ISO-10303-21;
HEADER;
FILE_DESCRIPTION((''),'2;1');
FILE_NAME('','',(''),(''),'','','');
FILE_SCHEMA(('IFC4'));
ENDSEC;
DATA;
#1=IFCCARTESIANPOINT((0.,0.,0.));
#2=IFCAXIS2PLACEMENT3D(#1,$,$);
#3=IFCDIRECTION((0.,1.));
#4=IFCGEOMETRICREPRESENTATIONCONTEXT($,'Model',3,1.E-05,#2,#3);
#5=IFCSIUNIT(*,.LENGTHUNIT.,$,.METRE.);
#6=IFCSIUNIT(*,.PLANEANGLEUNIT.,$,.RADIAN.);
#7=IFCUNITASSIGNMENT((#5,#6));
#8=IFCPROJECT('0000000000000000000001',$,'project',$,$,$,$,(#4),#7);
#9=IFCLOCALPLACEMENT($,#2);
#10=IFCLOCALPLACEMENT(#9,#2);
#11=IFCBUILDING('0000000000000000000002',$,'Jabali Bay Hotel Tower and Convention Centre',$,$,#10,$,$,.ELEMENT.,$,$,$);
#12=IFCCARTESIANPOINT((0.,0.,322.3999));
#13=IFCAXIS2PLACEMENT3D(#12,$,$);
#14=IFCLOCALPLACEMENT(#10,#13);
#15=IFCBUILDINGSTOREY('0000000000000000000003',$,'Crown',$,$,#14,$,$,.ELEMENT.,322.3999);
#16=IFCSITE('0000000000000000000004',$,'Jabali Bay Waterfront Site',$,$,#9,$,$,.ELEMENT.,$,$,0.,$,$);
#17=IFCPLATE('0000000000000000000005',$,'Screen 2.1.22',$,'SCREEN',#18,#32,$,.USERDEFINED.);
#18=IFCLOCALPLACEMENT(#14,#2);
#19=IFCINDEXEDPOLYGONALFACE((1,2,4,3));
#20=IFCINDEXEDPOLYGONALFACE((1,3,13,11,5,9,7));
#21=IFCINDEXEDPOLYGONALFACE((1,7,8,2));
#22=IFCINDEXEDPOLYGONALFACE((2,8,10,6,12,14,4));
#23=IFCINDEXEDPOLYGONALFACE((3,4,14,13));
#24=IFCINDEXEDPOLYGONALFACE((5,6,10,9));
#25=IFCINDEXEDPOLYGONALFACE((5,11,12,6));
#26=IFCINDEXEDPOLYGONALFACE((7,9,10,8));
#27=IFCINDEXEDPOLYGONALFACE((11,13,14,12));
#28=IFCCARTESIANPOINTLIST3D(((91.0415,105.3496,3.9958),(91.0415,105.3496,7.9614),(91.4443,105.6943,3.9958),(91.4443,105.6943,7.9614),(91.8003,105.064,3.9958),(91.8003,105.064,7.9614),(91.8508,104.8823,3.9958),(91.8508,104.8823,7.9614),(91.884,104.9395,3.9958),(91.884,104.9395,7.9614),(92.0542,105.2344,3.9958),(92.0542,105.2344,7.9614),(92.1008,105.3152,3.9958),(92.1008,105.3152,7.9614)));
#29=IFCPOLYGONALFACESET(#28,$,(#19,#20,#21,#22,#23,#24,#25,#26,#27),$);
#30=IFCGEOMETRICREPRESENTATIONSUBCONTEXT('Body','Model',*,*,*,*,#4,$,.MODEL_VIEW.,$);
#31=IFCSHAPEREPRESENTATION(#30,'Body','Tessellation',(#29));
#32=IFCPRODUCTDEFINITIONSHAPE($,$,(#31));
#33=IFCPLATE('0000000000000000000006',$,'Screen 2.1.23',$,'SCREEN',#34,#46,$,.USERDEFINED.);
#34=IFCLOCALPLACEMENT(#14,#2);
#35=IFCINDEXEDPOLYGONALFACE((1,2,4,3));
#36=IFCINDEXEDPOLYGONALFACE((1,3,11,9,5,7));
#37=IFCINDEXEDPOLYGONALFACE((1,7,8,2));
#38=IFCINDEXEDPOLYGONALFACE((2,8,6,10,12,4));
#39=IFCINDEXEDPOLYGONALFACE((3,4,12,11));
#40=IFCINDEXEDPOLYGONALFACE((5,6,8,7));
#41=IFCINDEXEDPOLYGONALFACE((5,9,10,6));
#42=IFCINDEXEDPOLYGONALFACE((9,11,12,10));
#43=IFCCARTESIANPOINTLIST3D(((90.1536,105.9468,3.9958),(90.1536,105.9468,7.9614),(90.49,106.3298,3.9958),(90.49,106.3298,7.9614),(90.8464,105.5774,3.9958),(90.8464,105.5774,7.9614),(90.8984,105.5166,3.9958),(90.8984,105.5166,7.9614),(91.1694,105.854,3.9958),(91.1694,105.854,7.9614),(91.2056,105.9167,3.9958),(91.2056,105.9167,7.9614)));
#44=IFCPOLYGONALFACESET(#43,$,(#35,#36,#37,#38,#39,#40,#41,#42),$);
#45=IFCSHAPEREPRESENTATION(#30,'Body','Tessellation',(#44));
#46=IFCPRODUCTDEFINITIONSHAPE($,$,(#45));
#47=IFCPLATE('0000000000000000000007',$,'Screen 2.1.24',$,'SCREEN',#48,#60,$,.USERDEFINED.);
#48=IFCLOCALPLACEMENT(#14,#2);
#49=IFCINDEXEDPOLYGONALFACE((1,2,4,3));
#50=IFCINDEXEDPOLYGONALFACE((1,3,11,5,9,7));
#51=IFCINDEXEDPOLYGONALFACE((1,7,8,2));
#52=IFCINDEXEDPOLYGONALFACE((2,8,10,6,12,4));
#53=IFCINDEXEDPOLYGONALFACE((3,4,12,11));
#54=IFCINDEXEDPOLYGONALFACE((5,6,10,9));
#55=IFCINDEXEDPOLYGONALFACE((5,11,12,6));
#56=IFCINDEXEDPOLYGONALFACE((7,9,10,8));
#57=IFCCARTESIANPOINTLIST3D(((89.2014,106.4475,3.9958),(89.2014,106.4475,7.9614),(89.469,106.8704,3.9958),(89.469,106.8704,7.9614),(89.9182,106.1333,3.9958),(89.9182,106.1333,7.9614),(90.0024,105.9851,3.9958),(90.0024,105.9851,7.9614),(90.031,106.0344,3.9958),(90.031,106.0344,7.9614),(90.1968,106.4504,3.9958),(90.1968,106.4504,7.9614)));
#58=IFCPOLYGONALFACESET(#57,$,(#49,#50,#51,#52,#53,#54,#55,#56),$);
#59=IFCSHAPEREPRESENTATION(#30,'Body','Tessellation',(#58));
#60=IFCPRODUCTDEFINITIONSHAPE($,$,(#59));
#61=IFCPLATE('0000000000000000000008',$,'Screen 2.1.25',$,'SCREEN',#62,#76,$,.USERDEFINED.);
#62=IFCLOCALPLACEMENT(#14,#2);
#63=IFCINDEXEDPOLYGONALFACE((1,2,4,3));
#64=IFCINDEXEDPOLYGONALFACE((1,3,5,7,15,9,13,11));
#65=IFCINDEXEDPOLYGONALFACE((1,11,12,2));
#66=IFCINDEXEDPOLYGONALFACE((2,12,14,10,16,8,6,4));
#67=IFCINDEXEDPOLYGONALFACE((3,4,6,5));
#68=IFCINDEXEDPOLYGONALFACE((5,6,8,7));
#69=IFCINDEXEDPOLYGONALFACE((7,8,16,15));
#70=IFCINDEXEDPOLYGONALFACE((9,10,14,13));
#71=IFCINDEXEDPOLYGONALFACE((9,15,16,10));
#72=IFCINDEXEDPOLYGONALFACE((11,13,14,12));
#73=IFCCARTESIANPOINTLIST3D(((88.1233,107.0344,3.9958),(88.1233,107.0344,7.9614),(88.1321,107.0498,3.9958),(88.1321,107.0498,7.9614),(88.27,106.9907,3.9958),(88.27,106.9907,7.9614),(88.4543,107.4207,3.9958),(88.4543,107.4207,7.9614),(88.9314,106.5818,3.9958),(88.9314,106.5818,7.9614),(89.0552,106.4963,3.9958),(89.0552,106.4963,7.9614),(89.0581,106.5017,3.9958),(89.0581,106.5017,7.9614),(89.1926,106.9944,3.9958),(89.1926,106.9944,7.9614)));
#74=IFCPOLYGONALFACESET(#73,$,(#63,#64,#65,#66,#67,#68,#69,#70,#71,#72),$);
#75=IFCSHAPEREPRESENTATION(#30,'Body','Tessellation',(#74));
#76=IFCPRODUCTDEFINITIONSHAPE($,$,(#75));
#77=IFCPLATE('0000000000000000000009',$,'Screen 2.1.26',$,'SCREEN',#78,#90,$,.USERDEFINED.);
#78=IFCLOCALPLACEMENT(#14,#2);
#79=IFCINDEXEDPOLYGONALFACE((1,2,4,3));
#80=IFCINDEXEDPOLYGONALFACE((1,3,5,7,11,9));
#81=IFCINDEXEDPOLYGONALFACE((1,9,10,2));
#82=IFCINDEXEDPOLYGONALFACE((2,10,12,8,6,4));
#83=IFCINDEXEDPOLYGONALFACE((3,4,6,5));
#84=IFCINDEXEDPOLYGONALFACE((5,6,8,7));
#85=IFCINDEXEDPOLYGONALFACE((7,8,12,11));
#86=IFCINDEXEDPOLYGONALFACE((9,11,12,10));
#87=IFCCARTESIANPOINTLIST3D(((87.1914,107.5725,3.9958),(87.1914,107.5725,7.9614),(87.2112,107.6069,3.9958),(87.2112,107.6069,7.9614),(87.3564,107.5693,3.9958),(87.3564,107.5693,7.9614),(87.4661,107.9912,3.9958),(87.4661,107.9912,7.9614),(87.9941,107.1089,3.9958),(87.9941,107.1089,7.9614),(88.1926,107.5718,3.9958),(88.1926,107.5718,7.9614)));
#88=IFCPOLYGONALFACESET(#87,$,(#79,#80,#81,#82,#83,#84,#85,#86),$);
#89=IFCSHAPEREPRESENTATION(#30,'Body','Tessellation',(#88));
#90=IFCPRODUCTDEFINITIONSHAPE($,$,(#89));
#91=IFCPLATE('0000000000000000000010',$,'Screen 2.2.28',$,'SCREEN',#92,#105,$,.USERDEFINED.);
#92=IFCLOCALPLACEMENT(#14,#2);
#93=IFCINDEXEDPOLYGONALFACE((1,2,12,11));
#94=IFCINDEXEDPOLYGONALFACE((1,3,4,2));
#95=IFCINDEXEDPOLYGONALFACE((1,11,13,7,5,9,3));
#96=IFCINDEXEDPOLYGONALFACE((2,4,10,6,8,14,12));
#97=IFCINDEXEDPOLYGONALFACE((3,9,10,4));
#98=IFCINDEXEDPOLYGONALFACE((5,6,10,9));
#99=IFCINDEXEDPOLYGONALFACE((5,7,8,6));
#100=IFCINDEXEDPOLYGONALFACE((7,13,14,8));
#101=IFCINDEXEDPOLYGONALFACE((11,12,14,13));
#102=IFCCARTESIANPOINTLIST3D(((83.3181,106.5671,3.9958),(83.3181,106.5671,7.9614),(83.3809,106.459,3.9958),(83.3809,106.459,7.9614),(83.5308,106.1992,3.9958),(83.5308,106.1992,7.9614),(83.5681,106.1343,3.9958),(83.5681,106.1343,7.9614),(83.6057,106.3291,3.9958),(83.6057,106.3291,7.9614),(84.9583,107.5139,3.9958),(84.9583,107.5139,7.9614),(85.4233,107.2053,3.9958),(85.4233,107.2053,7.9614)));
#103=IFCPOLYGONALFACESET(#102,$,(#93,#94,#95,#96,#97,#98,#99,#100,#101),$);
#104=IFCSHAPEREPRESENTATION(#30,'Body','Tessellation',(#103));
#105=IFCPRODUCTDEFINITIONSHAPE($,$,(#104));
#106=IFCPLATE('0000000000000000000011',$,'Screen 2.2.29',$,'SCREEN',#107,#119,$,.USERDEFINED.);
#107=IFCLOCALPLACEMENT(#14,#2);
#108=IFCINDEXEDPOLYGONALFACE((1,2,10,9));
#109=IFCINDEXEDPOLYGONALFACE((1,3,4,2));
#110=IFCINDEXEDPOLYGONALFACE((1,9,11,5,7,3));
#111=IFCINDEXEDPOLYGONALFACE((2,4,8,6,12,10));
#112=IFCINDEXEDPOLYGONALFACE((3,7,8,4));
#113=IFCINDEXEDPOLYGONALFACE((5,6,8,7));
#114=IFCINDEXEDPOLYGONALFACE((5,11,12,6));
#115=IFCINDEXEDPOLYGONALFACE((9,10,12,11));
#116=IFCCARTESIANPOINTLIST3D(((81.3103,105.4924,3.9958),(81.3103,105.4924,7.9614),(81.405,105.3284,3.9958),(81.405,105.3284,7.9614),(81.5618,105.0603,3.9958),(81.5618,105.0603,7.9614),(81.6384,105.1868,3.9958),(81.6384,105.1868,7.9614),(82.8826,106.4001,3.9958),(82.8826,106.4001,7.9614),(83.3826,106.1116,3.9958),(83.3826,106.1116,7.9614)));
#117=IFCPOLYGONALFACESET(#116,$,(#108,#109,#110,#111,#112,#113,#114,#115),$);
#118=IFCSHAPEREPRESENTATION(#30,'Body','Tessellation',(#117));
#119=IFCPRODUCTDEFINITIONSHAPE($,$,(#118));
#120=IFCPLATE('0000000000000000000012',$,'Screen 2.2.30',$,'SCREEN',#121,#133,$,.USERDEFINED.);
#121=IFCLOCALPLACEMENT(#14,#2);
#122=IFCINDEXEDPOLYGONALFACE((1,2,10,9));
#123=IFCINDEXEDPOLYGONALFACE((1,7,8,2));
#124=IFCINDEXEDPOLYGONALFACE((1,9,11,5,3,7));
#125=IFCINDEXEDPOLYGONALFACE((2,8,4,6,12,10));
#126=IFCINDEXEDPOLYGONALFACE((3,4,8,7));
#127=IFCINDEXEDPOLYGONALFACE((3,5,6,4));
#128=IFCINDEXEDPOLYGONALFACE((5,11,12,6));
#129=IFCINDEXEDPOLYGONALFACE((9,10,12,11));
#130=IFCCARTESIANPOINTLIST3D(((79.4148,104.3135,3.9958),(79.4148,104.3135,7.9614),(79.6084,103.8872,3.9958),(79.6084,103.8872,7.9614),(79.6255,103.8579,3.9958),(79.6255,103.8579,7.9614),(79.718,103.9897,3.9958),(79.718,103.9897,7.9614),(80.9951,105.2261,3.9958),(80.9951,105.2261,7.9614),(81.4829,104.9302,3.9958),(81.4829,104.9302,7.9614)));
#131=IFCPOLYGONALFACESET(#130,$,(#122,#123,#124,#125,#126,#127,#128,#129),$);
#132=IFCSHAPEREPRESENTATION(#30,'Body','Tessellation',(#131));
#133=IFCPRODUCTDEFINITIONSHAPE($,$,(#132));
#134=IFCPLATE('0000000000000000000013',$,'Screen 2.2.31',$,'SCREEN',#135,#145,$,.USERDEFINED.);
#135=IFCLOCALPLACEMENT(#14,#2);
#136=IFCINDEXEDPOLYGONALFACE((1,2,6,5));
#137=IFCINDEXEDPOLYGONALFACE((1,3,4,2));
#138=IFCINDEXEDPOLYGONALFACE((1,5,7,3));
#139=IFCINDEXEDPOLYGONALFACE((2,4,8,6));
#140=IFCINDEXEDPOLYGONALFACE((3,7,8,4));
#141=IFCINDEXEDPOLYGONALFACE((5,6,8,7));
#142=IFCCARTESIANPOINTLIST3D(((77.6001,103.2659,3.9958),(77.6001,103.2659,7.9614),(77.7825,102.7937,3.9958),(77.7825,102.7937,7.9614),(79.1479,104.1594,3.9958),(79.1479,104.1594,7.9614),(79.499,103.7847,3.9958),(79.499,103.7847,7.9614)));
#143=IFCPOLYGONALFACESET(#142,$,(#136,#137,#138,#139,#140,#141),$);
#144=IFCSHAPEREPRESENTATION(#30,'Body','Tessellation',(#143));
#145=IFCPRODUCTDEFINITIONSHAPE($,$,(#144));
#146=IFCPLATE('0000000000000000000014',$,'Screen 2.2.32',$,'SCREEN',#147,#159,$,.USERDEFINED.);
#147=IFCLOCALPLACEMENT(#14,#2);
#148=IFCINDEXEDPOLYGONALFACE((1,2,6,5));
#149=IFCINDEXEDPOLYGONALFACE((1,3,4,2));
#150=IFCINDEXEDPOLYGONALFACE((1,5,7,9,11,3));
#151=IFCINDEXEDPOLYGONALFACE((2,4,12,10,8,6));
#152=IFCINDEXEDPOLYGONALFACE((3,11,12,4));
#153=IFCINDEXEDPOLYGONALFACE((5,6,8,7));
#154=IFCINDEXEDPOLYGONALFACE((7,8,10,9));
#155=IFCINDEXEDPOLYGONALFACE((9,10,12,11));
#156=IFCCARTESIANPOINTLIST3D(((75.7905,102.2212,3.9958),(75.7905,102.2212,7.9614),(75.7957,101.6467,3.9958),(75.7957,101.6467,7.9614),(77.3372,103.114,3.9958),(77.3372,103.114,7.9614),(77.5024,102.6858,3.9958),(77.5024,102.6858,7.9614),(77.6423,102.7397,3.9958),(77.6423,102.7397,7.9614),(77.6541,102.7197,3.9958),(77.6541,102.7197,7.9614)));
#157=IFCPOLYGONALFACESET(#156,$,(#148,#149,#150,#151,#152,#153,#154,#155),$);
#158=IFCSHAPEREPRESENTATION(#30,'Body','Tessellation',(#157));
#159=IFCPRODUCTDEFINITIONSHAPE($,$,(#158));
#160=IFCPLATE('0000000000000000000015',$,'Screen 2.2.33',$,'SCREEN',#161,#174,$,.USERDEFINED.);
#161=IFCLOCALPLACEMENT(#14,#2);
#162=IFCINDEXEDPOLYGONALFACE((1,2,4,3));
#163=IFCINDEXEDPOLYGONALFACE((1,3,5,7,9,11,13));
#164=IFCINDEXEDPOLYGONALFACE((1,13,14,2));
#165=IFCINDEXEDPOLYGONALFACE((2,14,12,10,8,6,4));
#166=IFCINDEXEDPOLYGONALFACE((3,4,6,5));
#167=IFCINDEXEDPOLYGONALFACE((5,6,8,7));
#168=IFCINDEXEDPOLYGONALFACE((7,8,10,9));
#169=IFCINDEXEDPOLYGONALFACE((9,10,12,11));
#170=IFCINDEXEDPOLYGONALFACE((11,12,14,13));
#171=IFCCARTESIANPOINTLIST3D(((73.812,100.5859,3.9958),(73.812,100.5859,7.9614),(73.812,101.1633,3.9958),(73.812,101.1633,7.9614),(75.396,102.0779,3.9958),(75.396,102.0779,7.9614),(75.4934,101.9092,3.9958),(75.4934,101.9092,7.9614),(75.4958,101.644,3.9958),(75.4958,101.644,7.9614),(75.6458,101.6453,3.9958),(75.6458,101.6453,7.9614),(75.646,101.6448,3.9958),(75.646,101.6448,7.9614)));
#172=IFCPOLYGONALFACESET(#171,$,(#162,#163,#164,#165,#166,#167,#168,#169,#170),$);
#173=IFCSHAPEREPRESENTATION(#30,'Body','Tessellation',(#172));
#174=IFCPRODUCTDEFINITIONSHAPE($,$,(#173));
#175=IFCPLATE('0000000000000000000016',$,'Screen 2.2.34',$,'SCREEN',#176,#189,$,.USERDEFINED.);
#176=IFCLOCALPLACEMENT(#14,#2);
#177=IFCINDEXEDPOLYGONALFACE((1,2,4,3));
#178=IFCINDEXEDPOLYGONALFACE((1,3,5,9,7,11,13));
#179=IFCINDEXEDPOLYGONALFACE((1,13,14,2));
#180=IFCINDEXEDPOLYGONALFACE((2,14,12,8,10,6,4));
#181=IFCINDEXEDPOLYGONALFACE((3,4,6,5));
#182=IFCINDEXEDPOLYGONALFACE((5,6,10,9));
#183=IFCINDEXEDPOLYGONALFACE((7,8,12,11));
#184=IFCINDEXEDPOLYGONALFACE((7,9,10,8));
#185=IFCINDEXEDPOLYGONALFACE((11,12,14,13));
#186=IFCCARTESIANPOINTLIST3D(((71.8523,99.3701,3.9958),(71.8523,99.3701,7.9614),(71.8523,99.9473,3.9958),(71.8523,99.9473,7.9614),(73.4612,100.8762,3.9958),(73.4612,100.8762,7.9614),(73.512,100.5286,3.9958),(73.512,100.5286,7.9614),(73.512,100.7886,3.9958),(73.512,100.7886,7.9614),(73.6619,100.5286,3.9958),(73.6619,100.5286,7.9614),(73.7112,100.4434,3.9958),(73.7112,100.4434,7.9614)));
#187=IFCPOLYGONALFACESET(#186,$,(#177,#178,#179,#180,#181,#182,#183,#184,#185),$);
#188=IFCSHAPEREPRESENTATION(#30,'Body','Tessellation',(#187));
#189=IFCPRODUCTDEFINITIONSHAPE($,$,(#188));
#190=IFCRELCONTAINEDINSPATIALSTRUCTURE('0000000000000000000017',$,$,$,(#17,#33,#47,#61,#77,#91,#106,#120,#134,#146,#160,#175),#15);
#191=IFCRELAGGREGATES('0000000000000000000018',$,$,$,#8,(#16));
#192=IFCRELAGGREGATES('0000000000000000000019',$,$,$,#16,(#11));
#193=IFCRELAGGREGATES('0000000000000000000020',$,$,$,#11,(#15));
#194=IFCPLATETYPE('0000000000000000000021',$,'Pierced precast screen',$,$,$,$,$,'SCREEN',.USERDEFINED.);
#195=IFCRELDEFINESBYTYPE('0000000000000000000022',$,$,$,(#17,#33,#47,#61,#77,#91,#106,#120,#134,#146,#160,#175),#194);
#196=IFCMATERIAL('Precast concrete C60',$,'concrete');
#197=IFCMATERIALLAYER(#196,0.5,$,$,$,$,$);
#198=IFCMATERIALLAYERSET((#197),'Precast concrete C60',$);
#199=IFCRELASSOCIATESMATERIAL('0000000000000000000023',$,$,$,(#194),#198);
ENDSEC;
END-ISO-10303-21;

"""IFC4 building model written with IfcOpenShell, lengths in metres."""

from ifc_helpers import new_model, si_unit, direction, frame, origin, place, context, subcontext, project, spatial, polyline, outline, extrude, material, layer, layer_set, type_object, element, save


model = new_model("IFC4")

# Units and contexts
model_context = context("Model", 3, precision=1e-05, world=origin(), true_north=direction((0.0, 1.0)))
body_context = subcontext(model_context, "Body", "Model", "MODEL_VIEW")
ifc_project = project(units=[si_unit("LENGTHUNIT", "METRE"), si_unit("PLANEANGLEUNIT", "RADIAN")], contexts=[model_context])

# Site, building, storey
site_placement = place(None, origin())
site = spatial("IfcSite", under=ifc_project, at=site_placement, Name="Jabali Bay Waterfront Site", CompositionType="ELEMENT", RefElevation=0.0)
building_placement = place(site_placement, origin())
building = spatial("IfcBuilding", under=site, at=building_placement, Name="Jabali Bay Hotel Tower and Convention Centre", CompositionType="ELEMENT")
storey_placement = place(building_placement, frame((0.0, 0.0, 322.3999)))
storey = spatial("IfcBuildingStorey", under=building, at=storey_placement, Name="Crown", CompositionType="ELEMENT", Elevation=322.3999)

# Plates
ifc_material = material(Name="Precast concrete C60", Category="concrete")
ifc_layer = layer(ifc_material, 0.5)
ifc_layer_set = layer_set([ifc_layer], Name="Precast concrete C60")
plate_type = type_object("IfcPlateType", Name="Pierced precast screen", ElementType="SCREEN", PredefinedType="USERDEFINED", material=ifc_layer_set)
plate_1_placement = place(storey_placement, frame((0.0, 0.0, 3.9958)))
element("IfcPlate", 1, at=plate_1_placement, inside=storey, type_object=plate_type, Name="Screen 2.1.22", ObjectType="SCREEN", PredefinedType="USERDEFINED", context=body_context, shape_type="SweptSolid", body=[
    extrude(outline(polyline([(91.0415, 105.3496), (91.8508, 104.8823), (91.884, 104.9395), (91.8003, 105.064), (92.0542, 105.2344), (92.1008, 105.3152), (91.4443, 105.6943), (91.0415, 105.3496)])), origin(), (0.0, 0.0, 1.0), 3.9656),
])
plate_2_placement = place(storey_placement, frame((0.0, 0.0, 3.9958)))
element("IfcPlate", 2, at=plate_2_placement, inside=storey, type_object=plate_type, Name="Screen 2.1.23", ObjectType="SCREEN", PredefinedType="USERDEFINED", context=body_context, shape_type="SweptSolid", body=[
    extrude(outline(polyline([(90.1536, 105.9468), (90.8984, 105.5166), (90.8464, 105.5774), (91.1694, 105.854), (91.2056, 105.9167), (90.49, 106.3298), (90.1536, 105.9468)])), origin(), (0.0, 0.0, 1.0), 3.9656),
])
plate_3_placement = place(storey_placement, frame((0.0, 0.0, 3.9958)))
element("IfcPlate", 3, at=plate_3_placement, inside=storey, type_object=plate_type, Name="Screen 2.1.24", ObjectType="SCREEN", PredefinedType="USERDEFINED", context=body_context, shape_type="SweptSolid", body=[
    extrude(outline(polyline([(89.2014, 106.4475), (90.0024, 105.9851), (90.031, 106.0344), (89.9182, 106.1333), (90.1968, 106.4504), (89.469, 106.8704), (89.2014, 106.4475)])), origin(), (0.0, 0.0, 1.0), 3.9656),
])
plate_4_placement = place(storey_placement, frame((0.0, 0.0, 3.9958)))
element("IfcPlate", 4, at=plate_4_placement, inside=storey, type_object=plate_type, Name="Screen 2.1.25", ObjectType="SCREEN", PredefinedType="USERDEFINED", context=body_context, shape_type="SweptSolid", body=[
    extrude(outline(polyline([(88.1233, 107.0344), (89.0552, 106.4963), (89.0581, 106.5017), (88.9314, 106.5818), (89.1926, 106.9944), (88.4543, 107.4207), (88.27, 106.9907), (88.1321, 107.0498), (88.1233, 107.0344)])), origin(), (0.0, 0.0, 1.0), 3.9656),
])
plate_5_placement = place(storey_placement, frame((0.0, 0.0, 3.9958)))
element("IfcPlate", 5, at=plate_5_placement, inside=storey, type_object=plate_type, Name="Screen 2.1.26", ObjectType="SCREEN", PredefinedType="USERDEFINED", context=body_context, shape_type="SweptSolid", body=[
    extrude(outline(polyline([(87.1914, 107.5725), (87.9941, 107.1089), (88.1926, 107.5718), (87.4661, 107.9912), (87.3564, 107.5693), (87.2112, 107.6069), (87.1914, 107.5725)])), origin(), (0.0, 0.0, 1.0), 3.9656),
])
plate_6_placement = place(storey_placement, frame((0.0, 0.0, 3.9958)))
element("IfcPlate", 6, at=plate_6_placement, inside=storey, type_object=plate_type, Name="Screen 2.2.28", ObjectType="SCREEN", PredefinedType="USERDEFINED", context=body_context, shape_type="SweptSolid", body=[
    extrude(outline(polyline([(83.5681, 106.1343), (85.4233, 107.2053), (84.9583, 107.5139), (83.3181, 106.5671), (83.3809, 106.459), (83.6057, 106.3291), (83.5308, 106.1992), (83.5681, 106.1343)])), origin(), (0.0, 0.0, 1.0), 3.9656),
])
plate_7_placement = place(storey_placement, frame((0.0, 0.0, 3.9958)))
element("IfcPlate", 7, at=plate_7_placement, inside=storey, type_object=plate_type, Name="Screen 2.2.29", ObjectType="SCREEN", PredefinedType="USERDEFINED", context=body_context, shape_type="SweptSolid", body=[
    extrude(outline(polyline([(81.5618, 105.0603), (83.3826, 106.1116), (82.8826, 106.4001), (81.3103, 105.4924), (81.405, 105.3284), (81.6384, 105.1868), (81.5618, 105.0603)])), origin(), (0.0, 0.0, 1.0), 3.9656),
])
plate_8_placement = place(storey_placement, frame((0.0, 0.0, 3.9958)))
element("IfcPlate", 8, at=plate_8_placement, inside=storey, type_object=plate_type, Name="Screen 2.2.30", ObjectType="SCREEN", PredefinedType="USERDEFINED", context=body_context, shape_type="SweptSolid", body=[
    extrude(outline(polyline([(79.6255, 103.8579), (81.4829, 104.9302), (80.9951, 105.2261), (79.4148, 104.3135), (79.718, 103.9897), (79.6084, 103.8872), (79.6255, 103.8579)])), origin(), (0.0, 0.0, 1.0), 3.9656),
])
plate_9_placement = place(storey_placement, frame((0.0, 0.0, 3.9958)))
element("IfcPlate", 9, at=plate_9_placement, inside=storey, type_object=plate_type, Name="Screen 2.2.31", ObjectType="SCREEN", PredefinedType="USERDEFINED", context=body_context, shape_type="SweptSolid", body=[
    extrude(outline(polyline([(77.7825, 102.7937), (79.499, 103.7847), (79.1479, 104.1594), (77.6001, 103.2659), (77.7825, 102.7937)])), origin(), (0.0, 0.0, 1.0), 3.9656),
])
plate_10_placement = place(storey_placement, frame((0.0, 0.0, 3.9958)))
element("IfcPlate", 10, at=plate_10_placement, inside=storey, type_object=plate_type, Name="Screen 2.2.32", ObjectType="SCREEN", PredefinedType="USERDEFINED", context=body_context, shape_type="SweptSolid", body=[
    extrude(outline(polyline([(75.7957, 101.6467), (77.6541, 102.7197), (77.6423, 102.7397), (77.5024, 102.6858), (77.3372, 103.114), (75.7905, 102.2212), (75.7957, 101.6467)])), origin(), (0.0, 0.0, 1.0), 3.9656),
])
plate_11_placement = place(storey_placement, frame((0.0, 0.0, 3.9958)))
element("IfcPlate", 11, at=plate_11_placement, inside=storey, type_object=plate_type, Name="Screen 2.2.33", ObjectType="SCREEN", PredefinedType="USERDEFINED", context=body_context, shape_type="SweptSolid", body=[
    extrude(outline(polyline([(73.812, 100.5859), (75.646, 101.6448), (75.6458, 101.6453), (75.4958, 101.644), (75.4934, 101.9092), (75.396, 102.0779), (73.812, 101.1633), (73.812, 100.5859)])), origin(), (0.0, 0.0, 1.0), 3.9656),
])
plate_12_placement = place(storey_placement, frame((0.0, 0.0, 3.9958)))
element("IfcPlate", 12, at=plate_12_placement, inside=storey, type_object=plate_type, Name="Screen 2.2.34", ObjectType="SCREEN", PredefinedType="USERDEFINED", context=body_context, shape_type="SweptSolid", body=[
    extrude(outline(polyline([(71.8523, 99.3701), (73.7112, 100.4434), (73.6619, 100.5286), (73.512, 100.5286), (73.512, 100.7886), (73.4612, 100.8762), (71.8523, 99.9473), (71.8523, 99.3701)])), origin(), (0.0, 0.0, 1.0), 3.9656),
])

save(model, "model.ifc")
